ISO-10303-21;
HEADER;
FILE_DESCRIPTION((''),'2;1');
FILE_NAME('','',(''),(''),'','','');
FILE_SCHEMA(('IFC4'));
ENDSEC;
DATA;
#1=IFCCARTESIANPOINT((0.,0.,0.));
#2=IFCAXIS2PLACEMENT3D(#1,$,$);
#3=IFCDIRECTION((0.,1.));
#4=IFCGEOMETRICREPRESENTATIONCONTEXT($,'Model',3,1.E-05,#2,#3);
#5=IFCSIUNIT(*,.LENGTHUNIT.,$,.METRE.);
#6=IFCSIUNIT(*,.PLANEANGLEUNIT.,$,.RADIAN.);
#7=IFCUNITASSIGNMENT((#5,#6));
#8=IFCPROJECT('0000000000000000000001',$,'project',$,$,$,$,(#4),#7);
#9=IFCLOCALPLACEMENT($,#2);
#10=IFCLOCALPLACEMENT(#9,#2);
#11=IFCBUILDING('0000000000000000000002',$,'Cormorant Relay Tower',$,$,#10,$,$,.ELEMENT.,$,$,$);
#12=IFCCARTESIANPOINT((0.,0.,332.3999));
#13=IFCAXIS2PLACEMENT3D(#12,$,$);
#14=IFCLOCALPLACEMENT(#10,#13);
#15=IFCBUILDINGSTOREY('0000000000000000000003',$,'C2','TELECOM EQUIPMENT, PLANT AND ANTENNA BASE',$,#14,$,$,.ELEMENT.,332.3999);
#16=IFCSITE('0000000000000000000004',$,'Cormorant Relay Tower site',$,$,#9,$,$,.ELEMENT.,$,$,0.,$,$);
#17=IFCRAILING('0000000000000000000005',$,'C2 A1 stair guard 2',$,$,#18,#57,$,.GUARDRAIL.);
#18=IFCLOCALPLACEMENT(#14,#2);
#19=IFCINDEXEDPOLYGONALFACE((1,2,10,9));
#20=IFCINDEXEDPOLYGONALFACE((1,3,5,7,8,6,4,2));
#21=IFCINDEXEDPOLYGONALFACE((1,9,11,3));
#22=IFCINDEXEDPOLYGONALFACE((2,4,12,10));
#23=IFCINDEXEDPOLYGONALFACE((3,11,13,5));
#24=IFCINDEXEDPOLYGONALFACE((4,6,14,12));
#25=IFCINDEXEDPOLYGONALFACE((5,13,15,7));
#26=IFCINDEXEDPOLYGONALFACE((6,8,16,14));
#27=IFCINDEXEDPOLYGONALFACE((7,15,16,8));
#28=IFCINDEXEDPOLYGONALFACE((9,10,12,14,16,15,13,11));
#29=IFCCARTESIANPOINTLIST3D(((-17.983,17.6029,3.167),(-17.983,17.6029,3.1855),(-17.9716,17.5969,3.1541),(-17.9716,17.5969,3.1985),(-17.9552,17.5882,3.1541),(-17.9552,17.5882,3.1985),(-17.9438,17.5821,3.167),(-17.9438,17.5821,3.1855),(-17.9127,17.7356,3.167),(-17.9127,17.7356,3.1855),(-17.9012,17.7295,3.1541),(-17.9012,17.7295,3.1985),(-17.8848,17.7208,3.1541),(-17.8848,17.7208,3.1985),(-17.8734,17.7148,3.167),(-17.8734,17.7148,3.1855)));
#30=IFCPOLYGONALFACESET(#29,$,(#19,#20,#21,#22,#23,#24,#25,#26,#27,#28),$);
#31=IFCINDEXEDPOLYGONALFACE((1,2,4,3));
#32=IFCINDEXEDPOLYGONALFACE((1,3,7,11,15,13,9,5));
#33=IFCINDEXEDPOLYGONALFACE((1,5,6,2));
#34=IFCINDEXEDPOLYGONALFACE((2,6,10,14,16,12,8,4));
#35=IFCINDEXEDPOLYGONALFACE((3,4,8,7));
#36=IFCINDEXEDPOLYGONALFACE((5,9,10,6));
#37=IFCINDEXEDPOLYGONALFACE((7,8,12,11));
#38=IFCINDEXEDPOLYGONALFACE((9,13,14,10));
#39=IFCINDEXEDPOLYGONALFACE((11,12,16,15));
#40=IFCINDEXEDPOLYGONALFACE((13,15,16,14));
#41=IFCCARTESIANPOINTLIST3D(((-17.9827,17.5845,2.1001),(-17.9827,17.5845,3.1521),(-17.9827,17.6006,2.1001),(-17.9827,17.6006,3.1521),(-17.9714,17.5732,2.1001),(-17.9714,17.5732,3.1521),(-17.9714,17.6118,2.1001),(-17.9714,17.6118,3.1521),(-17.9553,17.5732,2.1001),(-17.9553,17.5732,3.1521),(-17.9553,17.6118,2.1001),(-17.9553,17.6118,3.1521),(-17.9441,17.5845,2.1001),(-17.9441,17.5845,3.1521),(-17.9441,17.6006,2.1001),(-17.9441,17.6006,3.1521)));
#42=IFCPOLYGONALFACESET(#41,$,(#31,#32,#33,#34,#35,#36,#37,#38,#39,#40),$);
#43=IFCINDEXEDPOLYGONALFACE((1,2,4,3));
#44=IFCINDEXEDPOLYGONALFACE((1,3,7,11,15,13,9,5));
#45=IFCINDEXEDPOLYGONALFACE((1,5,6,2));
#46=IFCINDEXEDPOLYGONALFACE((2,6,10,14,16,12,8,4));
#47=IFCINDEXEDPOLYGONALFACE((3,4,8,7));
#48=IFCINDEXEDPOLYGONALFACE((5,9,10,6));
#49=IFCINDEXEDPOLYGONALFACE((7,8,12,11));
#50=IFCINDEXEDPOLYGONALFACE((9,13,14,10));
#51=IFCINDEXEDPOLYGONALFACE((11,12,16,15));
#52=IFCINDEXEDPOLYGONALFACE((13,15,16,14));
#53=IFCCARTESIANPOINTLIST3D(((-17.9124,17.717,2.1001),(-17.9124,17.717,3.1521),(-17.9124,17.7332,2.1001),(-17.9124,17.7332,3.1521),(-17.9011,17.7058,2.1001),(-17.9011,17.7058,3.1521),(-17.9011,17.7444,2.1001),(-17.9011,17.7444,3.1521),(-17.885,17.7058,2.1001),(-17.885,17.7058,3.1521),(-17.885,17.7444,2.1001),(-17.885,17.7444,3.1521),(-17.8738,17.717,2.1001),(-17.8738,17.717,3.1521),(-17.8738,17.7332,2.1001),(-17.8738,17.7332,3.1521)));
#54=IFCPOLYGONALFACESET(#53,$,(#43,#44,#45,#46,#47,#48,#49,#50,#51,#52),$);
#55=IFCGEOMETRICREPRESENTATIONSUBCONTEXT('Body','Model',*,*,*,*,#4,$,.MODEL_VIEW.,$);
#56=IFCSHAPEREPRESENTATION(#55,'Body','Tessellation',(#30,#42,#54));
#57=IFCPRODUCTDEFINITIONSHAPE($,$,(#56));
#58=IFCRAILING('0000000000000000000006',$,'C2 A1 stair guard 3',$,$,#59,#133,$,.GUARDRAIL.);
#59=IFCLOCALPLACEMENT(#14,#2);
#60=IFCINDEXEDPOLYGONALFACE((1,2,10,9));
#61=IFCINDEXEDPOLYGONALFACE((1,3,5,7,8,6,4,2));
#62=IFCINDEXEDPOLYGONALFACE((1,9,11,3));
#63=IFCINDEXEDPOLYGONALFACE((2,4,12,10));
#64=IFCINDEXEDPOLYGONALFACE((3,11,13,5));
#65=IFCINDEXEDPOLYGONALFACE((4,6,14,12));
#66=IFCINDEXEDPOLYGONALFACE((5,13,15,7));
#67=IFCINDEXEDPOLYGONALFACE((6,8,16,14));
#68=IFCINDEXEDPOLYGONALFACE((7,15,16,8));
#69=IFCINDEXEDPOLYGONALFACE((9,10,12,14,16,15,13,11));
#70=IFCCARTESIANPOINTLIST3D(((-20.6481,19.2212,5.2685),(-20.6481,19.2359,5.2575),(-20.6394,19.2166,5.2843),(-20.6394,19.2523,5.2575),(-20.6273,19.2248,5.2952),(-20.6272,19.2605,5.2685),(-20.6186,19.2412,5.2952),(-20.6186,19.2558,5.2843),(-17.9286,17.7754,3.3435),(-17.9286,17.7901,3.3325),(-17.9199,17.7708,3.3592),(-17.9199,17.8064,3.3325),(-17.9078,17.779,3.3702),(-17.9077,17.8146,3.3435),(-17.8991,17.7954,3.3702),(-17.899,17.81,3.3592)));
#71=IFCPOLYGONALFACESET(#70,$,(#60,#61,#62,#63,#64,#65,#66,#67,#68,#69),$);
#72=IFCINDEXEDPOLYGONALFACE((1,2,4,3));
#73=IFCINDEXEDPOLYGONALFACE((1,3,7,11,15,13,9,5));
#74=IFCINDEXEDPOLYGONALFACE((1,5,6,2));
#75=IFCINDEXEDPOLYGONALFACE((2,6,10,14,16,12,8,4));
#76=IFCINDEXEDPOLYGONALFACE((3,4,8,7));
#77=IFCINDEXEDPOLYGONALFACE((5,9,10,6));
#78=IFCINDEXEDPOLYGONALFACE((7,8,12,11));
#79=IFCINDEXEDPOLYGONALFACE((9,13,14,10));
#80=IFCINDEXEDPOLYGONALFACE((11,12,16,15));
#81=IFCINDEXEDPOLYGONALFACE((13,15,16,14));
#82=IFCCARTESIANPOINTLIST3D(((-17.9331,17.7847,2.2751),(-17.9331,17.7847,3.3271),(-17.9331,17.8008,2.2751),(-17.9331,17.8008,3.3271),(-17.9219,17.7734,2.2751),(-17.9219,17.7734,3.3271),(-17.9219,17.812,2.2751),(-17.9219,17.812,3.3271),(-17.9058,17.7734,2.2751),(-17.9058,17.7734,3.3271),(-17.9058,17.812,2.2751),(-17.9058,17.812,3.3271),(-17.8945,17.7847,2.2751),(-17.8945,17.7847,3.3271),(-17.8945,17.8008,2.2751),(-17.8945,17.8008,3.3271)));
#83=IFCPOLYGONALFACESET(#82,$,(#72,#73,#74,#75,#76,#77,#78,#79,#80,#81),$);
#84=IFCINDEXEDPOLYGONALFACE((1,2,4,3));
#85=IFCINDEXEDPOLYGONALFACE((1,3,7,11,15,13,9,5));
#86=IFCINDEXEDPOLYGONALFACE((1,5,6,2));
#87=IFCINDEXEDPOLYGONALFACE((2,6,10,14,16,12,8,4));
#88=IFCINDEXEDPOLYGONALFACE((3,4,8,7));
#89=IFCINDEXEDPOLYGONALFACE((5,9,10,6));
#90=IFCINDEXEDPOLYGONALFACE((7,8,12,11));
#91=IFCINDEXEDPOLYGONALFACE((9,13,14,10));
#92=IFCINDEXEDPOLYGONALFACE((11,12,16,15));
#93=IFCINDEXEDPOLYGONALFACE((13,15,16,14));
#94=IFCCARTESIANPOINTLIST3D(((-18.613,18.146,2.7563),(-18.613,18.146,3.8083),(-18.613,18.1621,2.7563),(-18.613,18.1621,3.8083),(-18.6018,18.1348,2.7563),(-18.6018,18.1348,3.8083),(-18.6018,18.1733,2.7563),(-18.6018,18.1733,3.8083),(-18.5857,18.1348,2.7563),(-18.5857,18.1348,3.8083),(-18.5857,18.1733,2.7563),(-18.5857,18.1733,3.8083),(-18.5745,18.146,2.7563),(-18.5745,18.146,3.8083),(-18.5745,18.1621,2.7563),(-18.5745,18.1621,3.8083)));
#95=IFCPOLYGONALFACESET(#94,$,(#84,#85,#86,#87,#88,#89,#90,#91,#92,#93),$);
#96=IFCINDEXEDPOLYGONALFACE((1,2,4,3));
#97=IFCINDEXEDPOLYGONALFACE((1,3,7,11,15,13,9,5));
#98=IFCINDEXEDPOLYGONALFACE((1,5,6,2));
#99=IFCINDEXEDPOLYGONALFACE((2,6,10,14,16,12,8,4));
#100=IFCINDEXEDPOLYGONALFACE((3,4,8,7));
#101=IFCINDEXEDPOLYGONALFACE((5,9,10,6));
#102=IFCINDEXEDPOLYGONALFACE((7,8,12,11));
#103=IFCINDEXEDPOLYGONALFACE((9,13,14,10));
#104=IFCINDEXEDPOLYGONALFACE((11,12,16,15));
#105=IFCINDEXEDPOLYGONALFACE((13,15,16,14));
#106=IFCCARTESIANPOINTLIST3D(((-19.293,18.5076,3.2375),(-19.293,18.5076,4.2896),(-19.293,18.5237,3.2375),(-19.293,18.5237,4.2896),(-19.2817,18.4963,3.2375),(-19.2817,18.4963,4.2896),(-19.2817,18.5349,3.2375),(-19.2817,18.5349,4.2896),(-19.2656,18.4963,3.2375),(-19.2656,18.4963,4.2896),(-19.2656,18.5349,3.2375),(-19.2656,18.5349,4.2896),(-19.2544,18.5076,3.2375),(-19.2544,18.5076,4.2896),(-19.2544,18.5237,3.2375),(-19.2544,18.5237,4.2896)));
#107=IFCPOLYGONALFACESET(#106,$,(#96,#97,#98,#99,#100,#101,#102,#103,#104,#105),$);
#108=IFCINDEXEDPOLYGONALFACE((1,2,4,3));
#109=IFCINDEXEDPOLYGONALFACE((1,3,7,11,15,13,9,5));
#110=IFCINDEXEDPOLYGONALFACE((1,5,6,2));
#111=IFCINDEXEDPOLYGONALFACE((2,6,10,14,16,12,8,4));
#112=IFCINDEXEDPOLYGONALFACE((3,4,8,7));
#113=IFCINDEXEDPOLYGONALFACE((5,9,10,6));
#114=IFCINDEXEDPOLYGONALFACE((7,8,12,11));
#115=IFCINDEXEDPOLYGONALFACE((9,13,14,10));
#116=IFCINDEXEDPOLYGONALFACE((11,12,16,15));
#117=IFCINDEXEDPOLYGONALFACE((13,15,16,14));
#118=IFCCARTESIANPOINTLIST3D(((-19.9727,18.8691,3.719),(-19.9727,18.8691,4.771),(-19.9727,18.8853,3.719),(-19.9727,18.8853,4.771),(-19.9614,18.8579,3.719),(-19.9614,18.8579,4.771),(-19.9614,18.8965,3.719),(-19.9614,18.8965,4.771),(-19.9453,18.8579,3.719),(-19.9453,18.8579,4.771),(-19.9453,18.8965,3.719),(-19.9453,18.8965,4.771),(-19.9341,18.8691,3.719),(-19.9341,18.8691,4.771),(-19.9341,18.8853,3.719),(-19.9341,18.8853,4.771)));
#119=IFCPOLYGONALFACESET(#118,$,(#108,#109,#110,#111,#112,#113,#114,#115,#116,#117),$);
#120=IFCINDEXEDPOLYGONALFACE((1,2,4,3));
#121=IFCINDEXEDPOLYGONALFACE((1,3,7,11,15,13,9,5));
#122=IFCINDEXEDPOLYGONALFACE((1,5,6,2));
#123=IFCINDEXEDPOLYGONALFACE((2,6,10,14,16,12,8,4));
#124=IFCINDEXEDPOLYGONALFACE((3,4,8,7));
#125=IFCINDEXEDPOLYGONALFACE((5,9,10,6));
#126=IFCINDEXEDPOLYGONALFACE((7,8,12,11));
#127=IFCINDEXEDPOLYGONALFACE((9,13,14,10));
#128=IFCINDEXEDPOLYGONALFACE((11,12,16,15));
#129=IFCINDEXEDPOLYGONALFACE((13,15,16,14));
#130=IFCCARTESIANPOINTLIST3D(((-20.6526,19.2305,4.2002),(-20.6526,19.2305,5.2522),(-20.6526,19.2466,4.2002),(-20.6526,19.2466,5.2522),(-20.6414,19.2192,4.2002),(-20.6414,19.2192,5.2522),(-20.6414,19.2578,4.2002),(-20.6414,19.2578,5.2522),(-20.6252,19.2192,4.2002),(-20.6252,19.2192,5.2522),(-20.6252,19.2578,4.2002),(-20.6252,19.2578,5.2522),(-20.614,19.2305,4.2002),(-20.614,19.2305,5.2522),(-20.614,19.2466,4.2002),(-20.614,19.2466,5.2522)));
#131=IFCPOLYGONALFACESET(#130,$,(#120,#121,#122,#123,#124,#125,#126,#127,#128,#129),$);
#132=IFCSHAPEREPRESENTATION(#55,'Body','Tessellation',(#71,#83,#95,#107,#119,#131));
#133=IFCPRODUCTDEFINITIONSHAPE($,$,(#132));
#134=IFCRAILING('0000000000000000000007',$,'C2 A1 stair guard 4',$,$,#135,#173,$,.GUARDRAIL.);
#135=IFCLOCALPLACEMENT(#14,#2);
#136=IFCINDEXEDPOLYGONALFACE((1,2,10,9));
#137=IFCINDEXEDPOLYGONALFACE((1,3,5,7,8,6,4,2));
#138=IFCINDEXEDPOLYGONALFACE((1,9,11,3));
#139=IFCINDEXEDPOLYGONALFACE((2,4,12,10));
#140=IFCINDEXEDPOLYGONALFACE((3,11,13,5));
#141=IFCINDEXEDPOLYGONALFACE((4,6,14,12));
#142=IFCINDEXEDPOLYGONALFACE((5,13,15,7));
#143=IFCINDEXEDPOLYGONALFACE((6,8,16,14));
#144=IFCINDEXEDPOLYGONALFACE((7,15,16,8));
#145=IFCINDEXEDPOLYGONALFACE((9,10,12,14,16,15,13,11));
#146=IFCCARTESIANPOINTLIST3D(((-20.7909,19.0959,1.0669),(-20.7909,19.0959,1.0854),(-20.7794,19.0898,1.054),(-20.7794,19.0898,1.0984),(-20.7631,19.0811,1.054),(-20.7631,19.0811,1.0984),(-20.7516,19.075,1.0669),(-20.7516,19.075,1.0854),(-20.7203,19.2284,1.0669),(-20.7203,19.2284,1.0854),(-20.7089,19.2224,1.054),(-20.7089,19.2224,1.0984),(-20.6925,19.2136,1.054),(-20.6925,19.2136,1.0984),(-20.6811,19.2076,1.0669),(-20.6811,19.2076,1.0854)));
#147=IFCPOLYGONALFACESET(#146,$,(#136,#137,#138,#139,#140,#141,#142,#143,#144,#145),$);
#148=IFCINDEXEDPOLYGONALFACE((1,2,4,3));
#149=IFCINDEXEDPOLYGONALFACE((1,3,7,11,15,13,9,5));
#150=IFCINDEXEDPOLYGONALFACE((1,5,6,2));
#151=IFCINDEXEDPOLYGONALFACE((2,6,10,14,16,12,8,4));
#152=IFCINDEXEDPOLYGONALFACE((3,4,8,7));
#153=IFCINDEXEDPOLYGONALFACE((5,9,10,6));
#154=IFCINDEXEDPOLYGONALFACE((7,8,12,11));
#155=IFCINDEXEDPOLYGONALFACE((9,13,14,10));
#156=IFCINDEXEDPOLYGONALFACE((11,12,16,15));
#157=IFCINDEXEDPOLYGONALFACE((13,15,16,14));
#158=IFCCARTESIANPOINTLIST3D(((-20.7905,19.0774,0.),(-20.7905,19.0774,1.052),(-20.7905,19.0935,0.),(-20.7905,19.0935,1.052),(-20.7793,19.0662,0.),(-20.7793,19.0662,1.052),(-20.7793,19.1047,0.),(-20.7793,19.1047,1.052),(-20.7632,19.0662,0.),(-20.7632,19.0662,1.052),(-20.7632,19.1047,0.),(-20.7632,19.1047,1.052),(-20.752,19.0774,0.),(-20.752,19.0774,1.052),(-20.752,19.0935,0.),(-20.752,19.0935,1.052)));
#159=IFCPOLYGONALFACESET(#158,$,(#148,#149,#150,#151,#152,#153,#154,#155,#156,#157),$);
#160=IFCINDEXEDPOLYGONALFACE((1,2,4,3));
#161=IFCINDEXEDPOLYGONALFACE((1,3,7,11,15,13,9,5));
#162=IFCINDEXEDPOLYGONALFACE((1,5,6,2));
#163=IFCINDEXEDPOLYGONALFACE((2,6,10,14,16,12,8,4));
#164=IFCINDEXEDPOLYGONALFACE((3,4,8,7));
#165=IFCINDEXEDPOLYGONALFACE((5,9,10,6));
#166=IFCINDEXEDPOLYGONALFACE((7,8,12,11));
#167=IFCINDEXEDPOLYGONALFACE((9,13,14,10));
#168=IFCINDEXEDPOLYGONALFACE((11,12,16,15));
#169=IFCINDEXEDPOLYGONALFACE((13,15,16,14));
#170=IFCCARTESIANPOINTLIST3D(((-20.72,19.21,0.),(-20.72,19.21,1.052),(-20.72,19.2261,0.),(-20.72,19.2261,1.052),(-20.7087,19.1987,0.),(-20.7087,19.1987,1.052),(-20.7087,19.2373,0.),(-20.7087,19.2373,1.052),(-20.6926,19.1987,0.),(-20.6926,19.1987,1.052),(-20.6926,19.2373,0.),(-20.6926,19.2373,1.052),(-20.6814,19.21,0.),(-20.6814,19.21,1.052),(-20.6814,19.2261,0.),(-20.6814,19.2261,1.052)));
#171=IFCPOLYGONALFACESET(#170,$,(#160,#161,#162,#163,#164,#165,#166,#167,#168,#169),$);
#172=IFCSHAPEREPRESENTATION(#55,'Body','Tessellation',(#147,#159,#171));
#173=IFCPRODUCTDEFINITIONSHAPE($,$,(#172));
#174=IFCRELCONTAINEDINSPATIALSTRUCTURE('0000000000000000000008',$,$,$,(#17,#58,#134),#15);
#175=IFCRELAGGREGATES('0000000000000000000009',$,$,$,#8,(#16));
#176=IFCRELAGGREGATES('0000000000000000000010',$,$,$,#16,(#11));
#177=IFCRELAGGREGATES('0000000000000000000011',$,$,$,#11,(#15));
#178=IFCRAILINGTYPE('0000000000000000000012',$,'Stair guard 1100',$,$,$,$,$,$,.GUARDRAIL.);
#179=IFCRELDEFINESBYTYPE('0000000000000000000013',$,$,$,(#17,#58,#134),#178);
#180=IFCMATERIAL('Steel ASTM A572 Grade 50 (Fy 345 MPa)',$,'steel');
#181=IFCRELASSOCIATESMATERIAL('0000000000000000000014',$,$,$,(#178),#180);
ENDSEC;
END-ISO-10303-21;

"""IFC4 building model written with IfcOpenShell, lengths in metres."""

from ifc_helpers import new_model, si_unit, direction, frame, origin, place, context, subcontext, project, spatial, polyline, outline, extrude, material, type_object, element, save


model = new_model("IFC4")

# Units and contexts
model_context = context("Model", 3, precision=1e-05, world=origin(), true_north=direction((0.0, 1.0)))
body_context = subcontext(model_context, "Body", "Model", "MODEL_VIEW")
ifc_project = project(units=[si_unit("LENGTHUNIT", "METRE"), si_unit("PLANEANGLEUNIT", "RADIAN")], contexts=[model_context])

# Site, building, storey
site_placement = place(None, origin())
site = spatial("IfcSite", under=ifc_project, at=site_placement, Name="Cormorant Relay Tower site", CompositionType="ELEMENT", RefElevation=0.0)
building_placement = place(site_placement, origin())
building = spatial("IfcBuilding", under=site, at=building_placement, Name="Cormorant Relay Tower", CompositionType="ELEMENT")
storey_placement = place(building_placement, frame((0.0, 0.0, 332.3999)))
storey = spatial("IfcBuildingStorey", under=building, at=storey_placement, Name="C2", Description="TELECOM EQUIPMENT, PLANT AND ANTENNA BASE", CompositionType="ELEMENT", Elevation=332.3999)

# Railings
ifc_material_1 = material(Name="Steel ASTM A572 Grade 50 (Fy 345 MPa)", Category="steel")
railing_type_1 = type_object("IfcRailingType", Name="Stair guard 1100", PredefinedType="GUARDRAIL", material=ifc_material_1)
railing_1_placement = place(storey_placement, frame((-17.9634, 17.5925, 2.1001)))
element("IfcRailing", 1, at=railing_1_placement, inside=storey, type_object=railing_type_1, Name="C2 A1 stair guard 2", PredefinedType="GUARDRAIL", context=body_context, shape_type="SweptSolid", body=[
    extrude(outline(polyline([(0.0222, 0.0093), (0.0093, 0.0222), (-0.0093, 0.0222), (-0.0222, 0.0093), (-0.0222, -0.0093), (-0.0093, -0.0222), (0.0093, -0.0222), (0.0222, -0.0093), (0.0222, 0.0093)])), frame((0.0, 0.0, 1.0762), z_axis=(0.46856, 0.883431, 0.0), x_axis=(-0.883431, 0.46856, 0.0)), (0.0, 0.0, 1.0), 0.1501),
    extrude(outline(polyline([(0.0193, 0.0081), (0.0081, 0.0193), (-0.0081, 0.0193), (-0.0193, 0.0081), (-0.0193, -0.0081), (-0.0081, -0.0193), (0.0081, -0.0193), (0.0193, -0.0081), (0.0193, 0.0081)])), origin(), (0.0, 0.0, 1.0), 1.052),
    extrude(outline(polyline([(0.0193, 0.0081), (0.0081, 0.0193), (-0.0081, 0.0193), (-0.0193, 0.0081), (-0.0193, -0.0081), (-0.0081, -0.0193), (0.0081, -0.0193), (0.0193, -0.0081), (0.0193, 0.0081)])), frame((0.0703, 0.1326, 0.0)), (0.0, 0.0, 1.0), 1.052),
])
railing_2_placement = place(storey_placement, frame((-17.9138, 17.7927, 2.2751)))
element("IfcRailing", 2, at=railing_2_placement, inside=storey, type_object=railing_type_1, Name="C2 A1 stair guard 3", PredefinedType="GUARDRAIL", context=body_context, shape_type="SweptSolid", body=[
    extrude(outline(polyline([(0.0222, 0.0093), (0.0093, 0.0222), (-0.0093, 0.0222), (-0.0222, 0.0093), (-0.0222, -0.0093), (-0.0093, -0.0222), (0.0093, -0.0222), (0.0222, -0.0093), (0.0222, 0.0093)])), frame((0.0, 0.0, 1.0762), z_axis=(-0.748747, 0.398068, 0.530018), x_axis=(-0.469428, -0.882971, 0.0)), (0.0, 0.0, 1.0), 3.6321),
    extrude(outline(polyline([(0.0193, 0.0081), (0.0081, 0.0193), (-0.0081, 0.0193), (-0.0193, 0.0081), (-0.0193, -0.0081), (-0.0081, -0.0193), (0.0081, -0.0193), (0.0193, -0.0081), (0.0193, 0.0081)])), origin(), (0.0, 0.0, 1.0), 1.052),
    extrude(outline(polyline([(0.0193, 0.0081), (0.0081, 0.0193), (-0.0081, 0.0193), (-0.0193, 0.0081), (-0.0193, -0.0081), (-0.0081, -0.0193), (0.0081, -0.0193), (0.0193, -0.0081), (0.0193, 0.0081)])), frame((-0.6799, 0.3613, 0.4812)), (0.0, 0.0, 1.0), 1.052),
    extrude(outline(polyline([(0.0193, 0.0081), (0.0081, 0.0193), (-0.0081, 0.0193), (-0.0193, 0.0081), (-0.0193, -0.0081), (-0.0081, -0.0193), (0.0081, -0.0193), (0.0193, -0.0081), (0.0193, 0.0081)])), frame((-1.3599, 0.7229, 0.9624)), (0.0, 0.0, 1.0), 1.052),
    extrude(outline(polyline([(0.0193, 0.0081), (0.0081, 0.0193), (-0.0081, 0.0193), (-0.0193, 0.0081), (-0.0193, -0.0081), (-0.0081, -0.0193), (0.0081, -0.0193), (0.0193, -0.0081), (0.0193, 0.0081)])), frame((-2.0396, 1.0845, 1.4438)), (0.0, 0.0, 1.0), 1.052),
    extrude(outline(polyline([(0.0193, 0.0081), (0.0081, 0.0193), (-0.0081, 0.0193), (-0.0193, 0.0081), (-0.0193, -0.0081), (-0.0081, -0.0193), (0.0081, -0.0193), (0.0193, -0.0081), (0.0193, 0.0081)])), frame((-2.7195, 1.4458, 1.925)), (0.0, 0.0, 1.0), 1.052),
])
railing_3_placement = place(storey_placement, frame((-20.7712, 19.0854, 0.0)))
element("IfcRailing", 3, at=railing_3_placement, inside=storey, type_object=railing_type_1, Name="C2 A1 stair guard 4", PredefinedType="GUARDRAIL", context=body_context, shape_type="SweptSolid", body=[
    extrude(outline(polyline([(0.0222, 0.0093), (0.0093, 0.0222), (-0.0093, 0.0222), (-0.0222, 0.0093), (-0.0222, -0.0093), (-0.0093, -0.0222), (0.0093, -0.0222), (0.0222, -0.0093), (0.0222, 0.0093)])), frame((0.0, 0.0, 1.0762), z_axis=(0.469829, 0.882758, 0.0), x_axis=(-0.882758, 0.469829, 0.0)), (0.0, 0.0, 1.0), 0.1501),
    extrude(outline(polyline([(0.0193, 0.0081), (0.0081, 0.0193), (-0.0081, 0.0193), (-0.0193, 0.0081), (-0.0193, -0.0081), (-0.0081, -0.0193), (0.0081, -0.0193), (0.0193, -0.0081), (0.0193, 0.0081)])), origin(), (0.0, 0.0, 1.0), 1.052),
    extrude(outline(polyline([(0.0193, 0.0081), (0.0081, 0.0193), (-0.0081, 0.0193), (-0.0193, 0.0081), (-0.0193, -0.0081), (-0.0081, -0.0193), (0.0081, -0.0193), (0.0193, -0.0081), (0.0193, 0.0081)])), frame((0.0706, 0.1326, 0.0)), (0.0, 0.0, 1.0), 1.052),
])

save(model, "model.ifc")
